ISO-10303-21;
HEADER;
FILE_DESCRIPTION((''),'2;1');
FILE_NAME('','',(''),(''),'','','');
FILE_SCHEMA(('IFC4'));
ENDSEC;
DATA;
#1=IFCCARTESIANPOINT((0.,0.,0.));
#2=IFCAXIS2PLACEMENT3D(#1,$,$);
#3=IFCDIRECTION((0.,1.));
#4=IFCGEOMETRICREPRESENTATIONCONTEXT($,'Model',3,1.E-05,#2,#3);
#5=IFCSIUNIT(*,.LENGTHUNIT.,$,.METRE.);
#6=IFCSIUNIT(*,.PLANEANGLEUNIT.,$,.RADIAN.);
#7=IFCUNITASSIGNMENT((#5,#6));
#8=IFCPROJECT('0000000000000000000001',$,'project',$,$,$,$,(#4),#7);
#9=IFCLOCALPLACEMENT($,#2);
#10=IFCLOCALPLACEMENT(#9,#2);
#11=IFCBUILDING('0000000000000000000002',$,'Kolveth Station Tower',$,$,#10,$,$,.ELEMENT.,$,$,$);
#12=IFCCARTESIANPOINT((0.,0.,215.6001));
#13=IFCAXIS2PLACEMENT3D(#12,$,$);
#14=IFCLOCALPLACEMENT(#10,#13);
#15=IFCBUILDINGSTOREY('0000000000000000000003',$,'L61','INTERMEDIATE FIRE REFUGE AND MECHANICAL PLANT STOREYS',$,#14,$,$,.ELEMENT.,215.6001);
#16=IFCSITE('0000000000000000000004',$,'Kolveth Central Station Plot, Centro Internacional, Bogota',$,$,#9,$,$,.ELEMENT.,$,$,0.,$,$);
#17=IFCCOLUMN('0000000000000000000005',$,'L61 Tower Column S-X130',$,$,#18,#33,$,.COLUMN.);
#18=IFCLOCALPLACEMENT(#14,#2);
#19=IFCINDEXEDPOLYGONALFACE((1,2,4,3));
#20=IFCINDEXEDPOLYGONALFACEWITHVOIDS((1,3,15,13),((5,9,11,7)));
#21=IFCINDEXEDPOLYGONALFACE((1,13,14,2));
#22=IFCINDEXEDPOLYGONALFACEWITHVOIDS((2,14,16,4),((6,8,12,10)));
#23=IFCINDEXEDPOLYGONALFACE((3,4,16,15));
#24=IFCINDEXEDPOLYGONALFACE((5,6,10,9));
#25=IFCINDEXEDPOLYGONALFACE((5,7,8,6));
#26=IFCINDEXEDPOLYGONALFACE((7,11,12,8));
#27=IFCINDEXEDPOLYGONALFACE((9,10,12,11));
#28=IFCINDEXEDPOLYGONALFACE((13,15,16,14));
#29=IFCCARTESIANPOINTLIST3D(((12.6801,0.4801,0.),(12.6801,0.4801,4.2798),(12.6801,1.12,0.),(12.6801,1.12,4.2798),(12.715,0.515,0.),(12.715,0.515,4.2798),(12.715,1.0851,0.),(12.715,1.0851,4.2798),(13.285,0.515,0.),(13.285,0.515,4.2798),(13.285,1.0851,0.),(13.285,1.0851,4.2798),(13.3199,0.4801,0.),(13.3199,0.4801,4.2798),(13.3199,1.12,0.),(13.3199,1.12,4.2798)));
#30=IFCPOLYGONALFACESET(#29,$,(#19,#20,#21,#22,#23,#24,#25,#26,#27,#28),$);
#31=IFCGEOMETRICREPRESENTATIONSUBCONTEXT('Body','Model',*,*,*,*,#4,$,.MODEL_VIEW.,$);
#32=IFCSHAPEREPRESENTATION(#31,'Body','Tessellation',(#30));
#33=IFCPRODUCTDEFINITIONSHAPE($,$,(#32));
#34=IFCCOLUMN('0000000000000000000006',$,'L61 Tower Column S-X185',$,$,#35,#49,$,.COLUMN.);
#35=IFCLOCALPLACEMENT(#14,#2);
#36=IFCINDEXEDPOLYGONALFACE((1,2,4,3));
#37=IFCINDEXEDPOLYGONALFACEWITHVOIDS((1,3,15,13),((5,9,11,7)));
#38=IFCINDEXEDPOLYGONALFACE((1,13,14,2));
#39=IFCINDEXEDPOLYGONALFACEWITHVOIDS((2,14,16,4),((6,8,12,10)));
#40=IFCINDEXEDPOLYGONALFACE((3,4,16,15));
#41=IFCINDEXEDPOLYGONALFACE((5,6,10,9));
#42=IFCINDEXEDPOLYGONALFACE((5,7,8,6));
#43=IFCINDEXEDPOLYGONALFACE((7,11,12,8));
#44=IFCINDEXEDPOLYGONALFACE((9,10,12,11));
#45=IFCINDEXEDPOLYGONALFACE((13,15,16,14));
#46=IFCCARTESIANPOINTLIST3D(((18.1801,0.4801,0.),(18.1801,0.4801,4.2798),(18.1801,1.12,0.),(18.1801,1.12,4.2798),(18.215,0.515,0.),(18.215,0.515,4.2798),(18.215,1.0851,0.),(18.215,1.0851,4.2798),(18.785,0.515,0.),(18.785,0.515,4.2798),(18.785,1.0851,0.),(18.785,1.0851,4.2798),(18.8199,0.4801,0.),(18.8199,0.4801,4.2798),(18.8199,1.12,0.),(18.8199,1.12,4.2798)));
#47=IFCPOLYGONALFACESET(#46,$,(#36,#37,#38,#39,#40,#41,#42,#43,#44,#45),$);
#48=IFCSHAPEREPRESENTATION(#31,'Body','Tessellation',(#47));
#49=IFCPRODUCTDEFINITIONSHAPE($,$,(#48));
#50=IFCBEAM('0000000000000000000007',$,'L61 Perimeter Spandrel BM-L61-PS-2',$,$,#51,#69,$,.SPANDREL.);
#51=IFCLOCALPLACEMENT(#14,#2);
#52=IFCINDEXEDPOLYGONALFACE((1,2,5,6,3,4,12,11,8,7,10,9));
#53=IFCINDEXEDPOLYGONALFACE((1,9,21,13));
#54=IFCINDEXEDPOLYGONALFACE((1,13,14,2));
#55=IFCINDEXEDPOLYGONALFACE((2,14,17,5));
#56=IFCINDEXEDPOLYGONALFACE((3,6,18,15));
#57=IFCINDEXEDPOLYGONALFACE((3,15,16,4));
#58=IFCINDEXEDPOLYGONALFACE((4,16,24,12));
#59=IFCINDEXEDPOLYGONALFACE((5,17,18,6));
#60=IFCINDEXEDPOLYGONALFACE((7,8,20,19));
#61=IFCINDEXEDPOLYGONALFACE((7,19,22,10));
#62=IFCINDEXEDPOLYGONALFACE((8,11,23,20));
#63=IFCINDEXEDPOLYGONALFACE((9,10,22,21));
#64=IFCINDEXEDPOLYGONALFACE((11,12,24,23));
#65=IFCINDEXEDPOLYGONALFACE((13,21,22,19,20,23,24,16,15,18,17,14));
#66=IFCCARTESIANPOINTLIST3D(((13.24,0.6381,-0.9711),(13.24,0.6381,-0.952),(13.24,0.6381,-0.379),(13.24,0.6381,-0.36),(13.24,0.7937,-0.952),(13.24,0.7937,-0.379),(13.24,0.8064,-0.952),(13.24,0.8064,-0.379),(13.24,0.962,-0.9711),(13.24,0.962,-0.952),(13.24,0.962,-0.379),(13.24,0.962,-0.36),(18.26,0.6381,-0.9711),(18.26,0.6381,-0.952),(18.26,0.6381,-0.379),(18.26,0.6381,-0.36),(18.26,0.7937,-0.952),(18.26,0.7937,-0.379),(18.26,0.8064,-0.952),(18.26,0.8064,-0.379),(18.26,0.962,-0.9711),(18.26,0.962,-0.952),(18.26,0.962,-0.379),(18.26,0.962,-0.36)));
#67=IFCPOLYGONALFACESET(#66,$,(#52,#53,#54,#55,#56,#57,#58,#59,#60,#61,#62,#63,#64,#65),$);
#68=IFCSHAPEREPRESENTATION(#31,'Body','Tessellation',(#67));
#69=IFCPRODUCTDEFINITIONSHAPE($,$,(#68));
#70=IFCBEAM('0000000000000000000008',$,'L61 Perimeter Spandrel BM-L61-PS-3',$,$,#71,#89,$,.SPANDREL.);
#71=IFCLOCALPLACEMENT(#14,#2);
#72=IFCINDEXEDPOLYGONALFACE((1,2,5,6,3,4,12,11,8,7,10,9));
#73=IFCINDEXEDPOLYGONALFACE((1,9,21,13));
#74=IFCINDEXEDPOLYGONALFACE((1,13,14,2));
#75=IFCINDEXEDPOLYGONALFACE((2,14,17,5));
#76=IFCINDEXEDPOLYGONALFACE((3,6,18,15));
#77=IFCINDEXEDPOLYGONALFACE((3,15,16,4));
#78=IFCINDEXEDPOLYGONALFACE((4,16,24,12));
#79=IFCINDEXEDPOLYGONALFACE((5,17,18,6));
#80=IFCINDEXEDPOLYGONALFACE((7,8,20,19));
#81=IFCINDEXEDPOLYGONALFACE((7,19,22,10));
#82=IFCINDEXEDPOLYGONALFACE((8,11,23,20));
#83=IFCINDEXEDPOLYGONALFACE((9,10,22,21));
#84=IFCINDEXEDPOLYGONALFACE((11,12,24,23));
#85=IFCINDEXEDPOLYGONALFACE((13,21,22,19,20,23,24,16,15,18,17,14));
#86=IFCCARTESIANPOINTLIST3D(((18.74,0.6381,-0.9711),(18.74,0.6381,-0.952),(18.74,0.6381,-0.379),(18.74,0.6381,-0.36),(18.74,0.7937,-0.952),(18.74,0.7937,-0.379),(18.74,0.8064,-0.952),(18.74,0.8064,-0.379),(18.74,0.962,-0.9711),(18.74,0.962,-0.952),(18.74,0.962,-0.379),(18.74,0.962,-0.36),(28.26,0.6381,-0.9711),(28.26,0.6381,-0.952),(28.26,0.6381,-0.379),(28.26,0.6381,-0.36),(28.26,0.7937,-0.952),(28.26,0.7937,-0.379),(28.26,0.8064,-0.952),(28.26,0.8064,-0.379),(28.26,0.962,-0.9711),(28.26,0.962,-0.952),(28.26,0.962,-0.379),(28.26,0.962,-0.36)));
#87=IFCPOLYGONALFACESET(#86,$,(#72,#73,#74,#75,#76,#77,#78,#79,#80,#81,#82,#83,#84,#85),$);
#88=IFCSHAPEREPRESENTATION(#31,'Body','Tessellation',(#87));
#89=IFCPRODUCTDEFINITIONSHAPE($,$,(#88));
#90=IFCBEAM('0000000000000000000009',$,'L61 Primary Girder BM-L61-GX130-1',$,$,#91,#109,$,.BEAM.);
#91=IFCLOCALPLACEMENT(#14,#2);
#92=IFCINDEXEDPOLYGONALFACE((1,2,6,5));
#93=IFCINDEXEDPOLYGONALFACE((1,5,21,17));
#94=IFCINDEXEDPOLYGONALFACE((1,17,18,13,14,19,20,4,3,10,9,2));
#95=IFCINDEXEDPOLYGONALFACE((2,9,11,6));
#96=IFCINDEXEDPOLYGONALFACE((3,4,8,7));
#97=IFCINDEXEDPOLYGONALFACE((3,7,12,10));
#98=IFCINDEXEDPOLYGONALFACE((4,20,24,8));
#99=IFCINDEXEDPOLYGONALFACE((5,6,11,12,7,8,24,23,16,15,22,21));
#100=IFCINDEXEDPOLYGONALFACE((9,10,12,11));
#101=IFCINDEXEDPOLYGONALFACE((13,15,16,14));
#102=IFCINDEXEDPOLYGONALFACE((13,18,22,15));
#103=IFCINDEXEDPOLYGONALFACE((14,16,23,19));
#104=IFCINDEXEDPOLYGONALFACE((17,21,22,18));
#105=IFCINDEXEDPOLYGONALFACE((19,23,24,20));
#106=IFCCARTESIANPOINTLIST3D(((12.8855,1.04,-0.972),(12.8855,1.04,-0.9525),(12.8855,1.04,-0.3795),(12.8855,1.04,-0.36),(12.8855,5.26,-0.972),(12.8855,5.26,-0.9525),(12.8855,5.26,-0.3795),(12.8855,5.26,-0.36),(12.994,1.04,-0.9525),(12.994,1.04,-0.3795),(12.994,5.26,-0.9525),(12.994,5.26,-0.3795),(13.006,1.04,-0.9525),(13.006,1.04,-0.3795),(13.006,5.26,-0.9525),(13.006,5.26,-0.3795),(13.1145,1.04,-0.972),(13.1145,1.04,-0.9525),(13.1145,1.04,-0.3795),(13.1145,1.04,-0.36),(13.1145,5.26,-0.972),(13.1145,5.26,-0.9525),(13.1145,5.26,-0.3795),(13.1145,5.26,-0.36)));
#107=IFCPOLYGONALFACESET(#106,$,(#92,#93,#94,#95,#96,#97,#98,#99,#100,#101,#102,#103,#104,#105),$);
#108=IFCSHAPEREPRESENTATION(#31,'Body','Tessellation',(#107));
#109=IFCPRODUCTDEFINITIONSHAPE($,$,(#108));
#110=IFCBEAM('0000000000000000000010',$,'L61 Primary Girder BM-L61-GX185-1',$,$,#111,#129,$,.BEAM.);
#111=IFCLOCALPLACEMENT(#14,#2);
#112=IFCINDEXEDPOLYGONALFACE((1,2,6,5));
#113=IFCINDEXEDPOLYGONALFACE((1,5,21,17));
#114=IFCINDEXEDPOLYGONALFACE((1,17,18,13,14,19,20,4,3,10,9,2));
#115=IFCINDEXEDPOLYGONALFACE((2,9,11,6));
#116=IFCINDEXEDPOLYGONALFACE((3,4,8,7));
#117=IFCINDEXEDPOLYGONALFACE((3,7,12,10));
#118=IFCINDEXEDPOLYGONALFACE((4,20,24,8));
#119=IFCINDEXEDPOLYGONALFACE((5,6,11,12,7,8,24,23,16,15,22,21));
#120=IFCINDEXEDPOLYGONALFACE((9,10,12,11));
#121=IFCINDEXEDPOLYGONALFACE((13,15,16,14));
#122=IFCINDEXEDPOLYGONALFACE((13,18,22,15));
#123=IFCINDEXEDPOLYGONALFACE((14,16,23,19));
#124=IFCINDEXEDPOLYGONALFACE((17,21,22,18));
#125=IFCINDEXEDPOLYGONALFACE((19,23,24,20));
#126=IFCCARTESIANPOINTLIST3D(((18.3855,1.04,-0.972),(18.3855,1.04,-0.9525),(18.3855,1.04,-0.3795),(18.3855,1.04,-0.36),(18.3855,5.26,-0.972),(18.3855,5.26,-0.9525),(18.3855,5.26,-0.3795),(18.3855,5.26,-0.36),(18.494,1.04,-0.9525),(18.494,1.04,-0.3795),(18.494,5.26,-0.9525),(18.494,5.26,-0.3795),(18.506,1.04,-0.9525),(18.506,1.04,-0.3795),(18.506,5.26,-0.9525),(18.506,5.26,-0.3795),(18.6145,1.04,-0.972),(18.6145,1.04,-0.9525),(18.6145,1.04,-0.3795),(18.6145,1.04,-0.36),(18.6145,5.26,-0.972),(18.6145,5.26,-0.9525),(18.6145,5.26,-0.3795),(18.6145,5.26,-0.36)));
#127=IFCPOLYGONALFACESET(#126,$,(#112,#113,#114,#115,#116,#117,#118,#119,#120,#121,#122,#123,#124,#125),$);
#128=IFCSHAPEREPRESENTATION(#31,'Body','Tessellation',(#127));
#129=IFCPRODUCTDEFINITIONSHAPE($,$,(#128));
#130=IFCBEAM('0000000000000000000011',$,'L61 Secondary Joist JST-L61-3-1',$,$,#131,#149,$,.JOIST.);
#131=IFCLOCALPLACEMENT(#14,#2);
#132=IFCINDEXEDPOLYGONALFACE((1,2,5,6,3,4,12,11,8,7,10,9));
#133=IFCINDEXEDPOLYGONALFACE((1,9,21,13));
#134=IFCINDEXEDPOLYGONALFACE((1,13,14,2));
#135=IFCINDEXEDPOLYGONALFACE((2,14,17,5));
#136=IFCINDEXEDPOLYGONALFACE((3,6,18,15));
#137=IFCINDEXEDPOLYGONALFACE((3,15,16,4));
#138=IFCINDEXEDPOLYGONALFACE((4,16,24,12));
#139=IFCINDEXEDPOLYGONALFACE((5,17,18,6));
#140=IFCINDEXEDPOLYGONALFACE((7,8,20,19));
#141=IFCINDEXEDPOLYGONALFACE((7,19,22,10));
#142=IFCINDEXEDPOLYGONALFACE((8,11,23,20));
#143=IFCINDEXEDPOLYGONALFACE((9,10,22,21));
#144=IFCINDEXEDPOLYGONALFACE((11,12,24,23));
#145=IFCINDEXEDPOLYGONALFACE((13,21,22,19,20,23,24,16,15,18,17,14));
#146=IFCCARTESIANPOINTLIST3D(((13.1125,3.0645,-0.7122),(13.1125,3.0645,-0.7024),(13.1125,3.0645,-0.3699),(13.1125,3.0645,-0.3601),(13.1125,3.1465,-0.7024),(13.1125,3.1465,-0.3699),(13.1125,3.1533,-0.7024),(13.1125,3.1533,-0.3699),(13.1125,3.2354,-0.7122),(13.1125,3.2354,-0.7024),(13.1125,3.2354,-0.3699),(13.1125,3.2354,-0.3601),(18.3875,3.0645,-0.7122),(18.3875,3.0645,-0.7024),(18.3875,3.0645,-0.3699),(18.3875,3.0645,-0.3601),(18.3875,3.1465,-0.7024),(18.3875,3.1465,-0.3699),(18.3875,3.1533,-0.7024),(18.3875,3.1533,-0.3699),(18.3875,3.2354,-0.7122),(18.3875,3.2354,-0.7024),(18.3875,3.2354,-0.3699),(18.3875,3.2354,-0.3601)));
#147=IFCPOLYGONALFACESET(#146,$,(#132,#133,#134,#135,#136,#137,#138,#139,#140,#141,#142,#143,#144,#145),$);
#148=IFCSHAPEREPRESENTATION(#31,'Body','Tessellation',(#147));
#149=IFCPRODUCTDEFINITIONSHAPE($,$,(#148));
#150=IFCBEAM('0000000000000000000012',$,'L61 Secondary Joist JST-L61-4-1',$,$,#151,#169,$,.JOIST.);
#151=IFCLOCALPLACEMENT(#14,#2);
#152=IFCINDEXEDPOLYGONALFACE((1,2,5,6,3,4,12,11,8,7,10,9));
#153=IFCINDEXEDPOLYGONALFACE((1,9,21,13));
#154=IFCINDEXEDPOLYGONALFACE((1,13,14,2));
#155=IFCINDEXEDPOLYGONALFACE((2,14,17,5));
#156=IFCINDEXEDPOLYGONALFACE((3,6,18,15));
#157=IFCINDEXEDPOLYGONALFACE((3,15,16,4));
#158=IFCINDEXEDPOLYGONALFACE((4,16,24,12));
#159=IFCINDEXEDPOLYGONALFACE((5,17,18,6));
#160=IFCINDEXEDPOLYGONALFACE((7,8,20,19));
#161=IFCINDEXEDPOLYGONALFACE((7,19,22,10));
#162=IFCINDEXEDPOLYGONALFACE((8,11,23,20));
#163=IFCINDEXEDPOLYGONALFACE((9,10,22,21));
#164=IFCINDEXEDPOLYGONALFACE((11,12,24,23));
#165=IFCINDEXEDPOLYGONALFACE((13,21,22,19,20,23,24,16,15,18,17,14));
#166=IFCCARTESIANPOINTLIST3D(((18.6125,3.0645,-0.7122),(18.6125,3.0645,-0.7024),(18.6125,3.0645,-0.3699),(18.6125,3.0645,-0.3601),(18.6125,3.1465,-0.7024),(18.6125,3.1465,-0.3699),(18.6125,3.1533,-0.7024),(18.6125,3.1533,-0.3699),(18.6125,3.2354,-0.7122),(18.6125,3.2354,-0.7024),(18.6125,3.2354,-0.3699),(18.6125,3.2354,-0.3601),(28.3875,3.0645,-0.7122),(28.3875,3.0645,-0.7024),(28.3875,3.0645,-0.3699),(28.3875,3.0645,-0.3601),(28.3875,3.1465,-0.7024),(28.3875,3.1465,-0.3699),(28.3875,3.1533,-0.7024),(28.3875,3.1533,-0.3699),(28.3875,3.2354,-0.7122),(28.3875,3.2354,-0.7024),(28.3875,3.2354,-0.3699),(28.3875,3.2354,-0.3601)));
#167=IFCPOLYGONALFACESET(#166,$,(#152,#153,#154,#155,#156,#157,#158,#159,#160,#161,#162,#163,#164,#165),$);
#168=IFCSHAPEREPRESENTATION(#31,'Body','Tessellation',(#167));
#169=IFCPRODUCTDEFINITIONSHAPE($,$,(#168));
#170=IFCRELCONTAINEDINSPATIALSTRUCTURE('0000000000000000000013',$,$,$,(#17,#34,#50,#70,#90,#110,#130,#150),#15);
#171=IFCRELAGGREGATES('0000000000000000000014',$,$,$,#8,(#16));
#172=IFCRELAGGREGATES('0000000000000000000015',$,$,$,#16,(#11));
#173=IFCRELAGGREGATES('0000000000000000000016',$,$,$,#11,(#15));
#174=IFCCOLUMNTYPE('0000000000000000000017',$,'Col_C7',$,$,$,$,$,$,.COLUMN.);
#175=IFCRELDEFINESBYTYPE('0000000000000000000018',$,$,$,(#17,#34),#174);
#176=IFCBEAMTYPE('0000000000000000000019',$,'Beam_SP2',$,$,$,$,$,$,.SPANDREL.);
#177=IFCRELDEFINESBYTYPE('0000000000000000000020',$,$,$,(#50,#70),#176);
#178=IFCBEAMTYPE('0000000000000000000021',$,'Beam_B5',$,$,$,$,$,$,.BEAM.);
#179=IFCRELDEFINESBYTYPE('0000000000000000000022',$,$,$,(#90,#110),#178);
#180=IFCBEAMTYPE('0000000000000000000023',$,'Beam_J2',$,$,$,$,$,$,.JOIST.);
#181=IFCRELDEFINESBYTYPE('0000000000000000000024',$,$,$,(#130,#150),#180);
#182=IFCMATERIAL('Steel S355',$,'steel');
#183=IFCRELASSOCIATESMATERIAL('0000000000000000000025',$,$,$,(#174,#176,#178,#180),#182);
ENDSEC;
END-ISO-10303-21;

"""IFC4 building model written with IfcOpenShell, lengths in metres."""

from ifc_helpers import new_model, si_unit, direction, frame, origin, origin_2d, place, context, subcontext, project, spatial, hollow_rectangle, i_section, extrude, source, transform, mapped, material, material_profile, profile_set, type_object, element, save


model = new_model("IFC4")

# Units and contexts
model_context = context("Model", 3, precision=1e-05, world=origin(), true_north=direction((0.0, 1.0)))
body_context = subcontext(model_context, "Body", "Model", "MODEL_VIEW")
ifc_project = project(units=[si_unit("LENGTHUNIT", "METRE"), si_unit("PLANEANGLEUNIT", "RADIAN")], contexts=[model_context])

# Site, building, storey
site_placement = place(None, origin())
site = spatial("IfcSite", under=ifc_project, at=site_placement, Name="Kolveth Central Station Plot, Centro Internacional, Bogota", CompositionType="ELEMENT", RefElevation=0.0)
building_placement = place(site_placement, origin())
building = spatial("IfcBuilding", under=site, at=building_placement, Name="Kolveth Station Tower", CompositionType="ELEMENT")
storey_placement = place(building_placement, frame((0.0, 0.0, 215.6001)))
storey = spatial("IfcBuildingStorey", under=building, at=storey_placement, Name="L61", Description="INTERMEDIATE FIRE REFUGE AND MECHANICAL PLANT STOREYS", CompositionType="ELEMENT", Elevation=215.6001)

# Columns
ifc_material_1 = material(Name="Steel S355", Category="steel")
ifc_material_profile_1 = material_profile(ifc_material_1, hollow_rectangle(XDim=0.6399, YDim=0.6399, WallThickness=0.0349, at=origin_2d()), Name="BOX640x640x35")
ifc_profile_set_1 = profile_set([ifc_material_profile_1], Name="Steel S355")
column_type = type_object("IfcColumnType", Name="Col_C7", PredefinedType="COLUMN", material=ifc_profile_set_1)
shared_shape_1 = source(origin(), body_context, "Body", "SweptSolid", [
    extrude(hollow_rectangle(XDim=0.6399, YDim=0.6399, WallThickness=0.0349, at=origin_2d()), origin(), (0.0, 0.0, 1.0), 4.2798),
])
for number, where, z_axis, x_axis, name in (
    (1, (13.0, 0.8, 0.0), (0.0, 0.0, 1.0), (1.0, 0.0, 0.0), "L61 Tower Column S-X130"),
    (2, (18.5, 0.8, 0.0), (0.0, 0.0, 1.0), (1.0, 0.0, 0.0), "L61 Tower Column S-X185"),
):
    element("IfcColumn", number, at=place(storey_placement, frame(where, z_axis=z_axis, x_axis=x_axis)), inside=storey, type_object=column_type, Name=name, PredefinedType="COLUMN", context=body_context, shape_type="MappedRepresentation", body=[
        mapped(shared_shape_1, transform((0.0, 0.0, 0.0), x_axis=(1.0, 0.0, 0.0), y_axis=(0.0, 1.0, 0.0), z_axis=(0.0, 0.0, 1.0), scale=1.0)),
    ])

# Beams
ifc_material_profile_2 = material_profile(ifc_material_1, i_section(OverallWidth=0.324, OverallDepth=0.6111, WebThickness=0.0127, FlangeThickness=0.019, at=origin_2d()), Name="W610x155")
ifc_profile_set_2 = profile_set([ifc_material_profile_2], Name="Steel S355")
beam_type_1 = type_object("IfcBeamType", Name="Beam_SP2", PredefinedType="SPANDREL", material=ifc_profile_set_2)
shared_shape_2 = source(origin(), body_context, "Body", "SweptSolid", [
    extrude(i_section(OverallWidth=0.324, OverallDepth=0.6111, WebThickness=0.0127, FlangeThickness=0.019, at=origin_2d()), origin(), (0.0, 0.0, 1.0), 5.02),
])
beam_1_placement = place(storey_placement, frame((13.24, 0.8, -0.6655), z_axis=(1.0, 0.0, 0.0), x_axis=(0.0, 1.0, 0.0)))
element("IfcBeam", 3, at=beam_1_placement, inside=storey, type_object=beam_type_1, Name="L61 Perimeter Spandrel BM-L61-PS-2", PredefinedType="SPANDREL", context=body_context, shape_type="MappedRepresentation", body=[
    mapped(shared_shape_2, transform((0.0, 0.0, 0.0), x_axis=(1.0, 0.0, 0.0), y_axis=(0.0, 1.0, 0.0), z_axis=(0.0, 0.0, 1.0), scale=1.0)),
])
shared_shape_3 = source(origin(), body_context, "Body", "SweptSolid", [
    extrude(i_section(OverallWidth=0.324, OverallDepth=0.6111, WebThickness=0.0127, FlangeThickness=0.019, at=origin_2d()), origin(), (0.0, 0.0, 1.0), 9.52),
])
beam_2_placement = place(storey_placement, frame((18.74, 0.8, -0.6655), z_axis=(1.0, 0.0, 0.0), x_axis=(0.0, 1.0, 0.0)))
element("IfcBeam", 4, at=beam_2_placement, inside=storey, type_object=beam_type_1, Name="L61 Perimeter Spandrel BM-L61-PS-3", PredefinedType="SPANDREL", context=body_context, shape_type="MappedRepresentation", body=[
    mapped(shared_shape_3, transform((0.0, 0.0, 0.0), x_axis=(1.0, 0.0, 0.0), y_axis=(0.0, 1.0, 0.0), z_axis=(0.0, 0.0, 1.0), scale=1.0)),
])
ifc_material_profile_3 = material_profile(ifc_material_1, i_section(OverallWidth=0.229, OverallDepth=0.6121, WebThickness=0.012, FlangeThickness=0.0195, at=origin_2d()), Name="W610x125")
ifc_profile_set_3 = profile_set([ifc_material_profile_3], Name="Steel S355")
beam_type_2 = type_object("IfcBeamType", Name="Beam_B5", PredefinedType="BEAM", material=ifc_profile_set_3)
shared_shape_4 = source(origin(), body_context, "Body", "SweptSolid", [
    extrude(i_section(OverallWidth=0.229, OverallDepth=0.6121, WebThickness=0.012, FlangeThickness=0.0195, at=origin_2d()), origin(), (0.0, 0.0, 1.0), 4.22),
])
for number, where, z_axis, x_axis, name in (
    (5, (13.0, 1.04, -0.666), (0.0, 1.0, 0.0), (-1.0, 0.0, 0.0), "L61 Primary Girder BM-L61-GX130-1"),
    (6, (18.5, 1.04, -0.666), (0.0, 1.0, 0.0), (-1.0, 0.0, 0.0), "L61 Primary Girder BM-L61-GX185-1"),
):
    element("IfcBeam", number, at=place(storey_placement, frame(where, z_axis=z_axis, x_axis=x_axis)), inside=storey, type_object=beam_type_2, Name=name, PredefinedType="BEAM", context=body_context, shape_type="MappedRepresentation", body=[
        mapped(shared_shape_4, transform((0.0, 0.0, 0.0), x_axis=(1.0, 0.0, 0.0), y_axis=(0.0, 1.0, 0.0), z_axis=(0.0, 0.0, 1.0), scale=1.0)),
    ])
ifc_material_profile_4 = material_profile(ifc_material_1, i_section(OverallWidth=0.1709, OverallDepth=0.3521, WebThickness=0.0068, FlangeThickness=0.0098, at=origin_2d()), Name="W360x44")
ifc_profile_set_4 = profile_set([ifc_material_profile_4], Name="Steel S355")
beam_type_3 = type_object("IfcBeamType", Name="Beam_J2", PredefinedType="JOIST", material=ifc_profile_set_4)
shared_shape_5 = source(origin(), body_context, "Body", "SweptSolid", [
    extrude(i_section(OverallWidth=0.1709, OverallDepth=0.3521, WebThickness=0.0068, FlangeThickness=0.0098, at=origin_2d()), origin(), (0.0, 0.0, 1.0), 5.2749),
])
beam_3_placement = place(storey_placement, frame((13.1125, 3.1499, -0.5361), z_axis=(1.0, 0.0, 0.0), x_axis=(0.0, 1.0, 0.0)))
element("IfcBeam", 7, at=beam_3_placement, inside=storey, type_object=beam_type_3, Name="L61 Secondary Joist JST-L61-3-1", PredefinedType="JOIST", context=body_context, shape_type="MappedRepresentation", body=[
    mapped(shared_shape_5, transform((0.0, 0.0, 0.0), x_axis=(1.0, 0.0, 0.0), y_axis=(0.0, 1.0, 0.0), z_axis=(0.0, 0.0, 1.0), scale=1.0)),
])
shared_shape_6 = source(origin(), body_context, "Body", "SweptSolid", [
    extrude(i_section(OverallWidth=0.1709, OverallDepth=0.3521, WebThickness=0.0068, FlangeThickness=0.0098, at=origin_2d()), origin(), (0.0, 0.0, 1.0), 9.7749),
])
beam_4_placement = place(storey_placement, frame((18.6125, 3.1499, -0.5361), z_axis=(1.0, 0.0, 0.0), x_axis=(0.0, 1.0, 0.0)))
element("IfcBeam", 8, at=beam_4_placement, inside=storey, type_object=beam_type_3, Name="L61 Secondary Joist JST-L61-4-1", PredefinedType="JOIST", context=body_context, shape_type="MappedRepresentation", body=[
    mapped(shared_shape_6, transform((0.0, 0.0, 0.0), x_axis=(1.0, 0.0, 0.0), y_axis=(0.0, 1.0, 0.0), z_axis=(0.0, 0.0, 1.0), scale=1.0)),
])

save(model, "model.ifc")
